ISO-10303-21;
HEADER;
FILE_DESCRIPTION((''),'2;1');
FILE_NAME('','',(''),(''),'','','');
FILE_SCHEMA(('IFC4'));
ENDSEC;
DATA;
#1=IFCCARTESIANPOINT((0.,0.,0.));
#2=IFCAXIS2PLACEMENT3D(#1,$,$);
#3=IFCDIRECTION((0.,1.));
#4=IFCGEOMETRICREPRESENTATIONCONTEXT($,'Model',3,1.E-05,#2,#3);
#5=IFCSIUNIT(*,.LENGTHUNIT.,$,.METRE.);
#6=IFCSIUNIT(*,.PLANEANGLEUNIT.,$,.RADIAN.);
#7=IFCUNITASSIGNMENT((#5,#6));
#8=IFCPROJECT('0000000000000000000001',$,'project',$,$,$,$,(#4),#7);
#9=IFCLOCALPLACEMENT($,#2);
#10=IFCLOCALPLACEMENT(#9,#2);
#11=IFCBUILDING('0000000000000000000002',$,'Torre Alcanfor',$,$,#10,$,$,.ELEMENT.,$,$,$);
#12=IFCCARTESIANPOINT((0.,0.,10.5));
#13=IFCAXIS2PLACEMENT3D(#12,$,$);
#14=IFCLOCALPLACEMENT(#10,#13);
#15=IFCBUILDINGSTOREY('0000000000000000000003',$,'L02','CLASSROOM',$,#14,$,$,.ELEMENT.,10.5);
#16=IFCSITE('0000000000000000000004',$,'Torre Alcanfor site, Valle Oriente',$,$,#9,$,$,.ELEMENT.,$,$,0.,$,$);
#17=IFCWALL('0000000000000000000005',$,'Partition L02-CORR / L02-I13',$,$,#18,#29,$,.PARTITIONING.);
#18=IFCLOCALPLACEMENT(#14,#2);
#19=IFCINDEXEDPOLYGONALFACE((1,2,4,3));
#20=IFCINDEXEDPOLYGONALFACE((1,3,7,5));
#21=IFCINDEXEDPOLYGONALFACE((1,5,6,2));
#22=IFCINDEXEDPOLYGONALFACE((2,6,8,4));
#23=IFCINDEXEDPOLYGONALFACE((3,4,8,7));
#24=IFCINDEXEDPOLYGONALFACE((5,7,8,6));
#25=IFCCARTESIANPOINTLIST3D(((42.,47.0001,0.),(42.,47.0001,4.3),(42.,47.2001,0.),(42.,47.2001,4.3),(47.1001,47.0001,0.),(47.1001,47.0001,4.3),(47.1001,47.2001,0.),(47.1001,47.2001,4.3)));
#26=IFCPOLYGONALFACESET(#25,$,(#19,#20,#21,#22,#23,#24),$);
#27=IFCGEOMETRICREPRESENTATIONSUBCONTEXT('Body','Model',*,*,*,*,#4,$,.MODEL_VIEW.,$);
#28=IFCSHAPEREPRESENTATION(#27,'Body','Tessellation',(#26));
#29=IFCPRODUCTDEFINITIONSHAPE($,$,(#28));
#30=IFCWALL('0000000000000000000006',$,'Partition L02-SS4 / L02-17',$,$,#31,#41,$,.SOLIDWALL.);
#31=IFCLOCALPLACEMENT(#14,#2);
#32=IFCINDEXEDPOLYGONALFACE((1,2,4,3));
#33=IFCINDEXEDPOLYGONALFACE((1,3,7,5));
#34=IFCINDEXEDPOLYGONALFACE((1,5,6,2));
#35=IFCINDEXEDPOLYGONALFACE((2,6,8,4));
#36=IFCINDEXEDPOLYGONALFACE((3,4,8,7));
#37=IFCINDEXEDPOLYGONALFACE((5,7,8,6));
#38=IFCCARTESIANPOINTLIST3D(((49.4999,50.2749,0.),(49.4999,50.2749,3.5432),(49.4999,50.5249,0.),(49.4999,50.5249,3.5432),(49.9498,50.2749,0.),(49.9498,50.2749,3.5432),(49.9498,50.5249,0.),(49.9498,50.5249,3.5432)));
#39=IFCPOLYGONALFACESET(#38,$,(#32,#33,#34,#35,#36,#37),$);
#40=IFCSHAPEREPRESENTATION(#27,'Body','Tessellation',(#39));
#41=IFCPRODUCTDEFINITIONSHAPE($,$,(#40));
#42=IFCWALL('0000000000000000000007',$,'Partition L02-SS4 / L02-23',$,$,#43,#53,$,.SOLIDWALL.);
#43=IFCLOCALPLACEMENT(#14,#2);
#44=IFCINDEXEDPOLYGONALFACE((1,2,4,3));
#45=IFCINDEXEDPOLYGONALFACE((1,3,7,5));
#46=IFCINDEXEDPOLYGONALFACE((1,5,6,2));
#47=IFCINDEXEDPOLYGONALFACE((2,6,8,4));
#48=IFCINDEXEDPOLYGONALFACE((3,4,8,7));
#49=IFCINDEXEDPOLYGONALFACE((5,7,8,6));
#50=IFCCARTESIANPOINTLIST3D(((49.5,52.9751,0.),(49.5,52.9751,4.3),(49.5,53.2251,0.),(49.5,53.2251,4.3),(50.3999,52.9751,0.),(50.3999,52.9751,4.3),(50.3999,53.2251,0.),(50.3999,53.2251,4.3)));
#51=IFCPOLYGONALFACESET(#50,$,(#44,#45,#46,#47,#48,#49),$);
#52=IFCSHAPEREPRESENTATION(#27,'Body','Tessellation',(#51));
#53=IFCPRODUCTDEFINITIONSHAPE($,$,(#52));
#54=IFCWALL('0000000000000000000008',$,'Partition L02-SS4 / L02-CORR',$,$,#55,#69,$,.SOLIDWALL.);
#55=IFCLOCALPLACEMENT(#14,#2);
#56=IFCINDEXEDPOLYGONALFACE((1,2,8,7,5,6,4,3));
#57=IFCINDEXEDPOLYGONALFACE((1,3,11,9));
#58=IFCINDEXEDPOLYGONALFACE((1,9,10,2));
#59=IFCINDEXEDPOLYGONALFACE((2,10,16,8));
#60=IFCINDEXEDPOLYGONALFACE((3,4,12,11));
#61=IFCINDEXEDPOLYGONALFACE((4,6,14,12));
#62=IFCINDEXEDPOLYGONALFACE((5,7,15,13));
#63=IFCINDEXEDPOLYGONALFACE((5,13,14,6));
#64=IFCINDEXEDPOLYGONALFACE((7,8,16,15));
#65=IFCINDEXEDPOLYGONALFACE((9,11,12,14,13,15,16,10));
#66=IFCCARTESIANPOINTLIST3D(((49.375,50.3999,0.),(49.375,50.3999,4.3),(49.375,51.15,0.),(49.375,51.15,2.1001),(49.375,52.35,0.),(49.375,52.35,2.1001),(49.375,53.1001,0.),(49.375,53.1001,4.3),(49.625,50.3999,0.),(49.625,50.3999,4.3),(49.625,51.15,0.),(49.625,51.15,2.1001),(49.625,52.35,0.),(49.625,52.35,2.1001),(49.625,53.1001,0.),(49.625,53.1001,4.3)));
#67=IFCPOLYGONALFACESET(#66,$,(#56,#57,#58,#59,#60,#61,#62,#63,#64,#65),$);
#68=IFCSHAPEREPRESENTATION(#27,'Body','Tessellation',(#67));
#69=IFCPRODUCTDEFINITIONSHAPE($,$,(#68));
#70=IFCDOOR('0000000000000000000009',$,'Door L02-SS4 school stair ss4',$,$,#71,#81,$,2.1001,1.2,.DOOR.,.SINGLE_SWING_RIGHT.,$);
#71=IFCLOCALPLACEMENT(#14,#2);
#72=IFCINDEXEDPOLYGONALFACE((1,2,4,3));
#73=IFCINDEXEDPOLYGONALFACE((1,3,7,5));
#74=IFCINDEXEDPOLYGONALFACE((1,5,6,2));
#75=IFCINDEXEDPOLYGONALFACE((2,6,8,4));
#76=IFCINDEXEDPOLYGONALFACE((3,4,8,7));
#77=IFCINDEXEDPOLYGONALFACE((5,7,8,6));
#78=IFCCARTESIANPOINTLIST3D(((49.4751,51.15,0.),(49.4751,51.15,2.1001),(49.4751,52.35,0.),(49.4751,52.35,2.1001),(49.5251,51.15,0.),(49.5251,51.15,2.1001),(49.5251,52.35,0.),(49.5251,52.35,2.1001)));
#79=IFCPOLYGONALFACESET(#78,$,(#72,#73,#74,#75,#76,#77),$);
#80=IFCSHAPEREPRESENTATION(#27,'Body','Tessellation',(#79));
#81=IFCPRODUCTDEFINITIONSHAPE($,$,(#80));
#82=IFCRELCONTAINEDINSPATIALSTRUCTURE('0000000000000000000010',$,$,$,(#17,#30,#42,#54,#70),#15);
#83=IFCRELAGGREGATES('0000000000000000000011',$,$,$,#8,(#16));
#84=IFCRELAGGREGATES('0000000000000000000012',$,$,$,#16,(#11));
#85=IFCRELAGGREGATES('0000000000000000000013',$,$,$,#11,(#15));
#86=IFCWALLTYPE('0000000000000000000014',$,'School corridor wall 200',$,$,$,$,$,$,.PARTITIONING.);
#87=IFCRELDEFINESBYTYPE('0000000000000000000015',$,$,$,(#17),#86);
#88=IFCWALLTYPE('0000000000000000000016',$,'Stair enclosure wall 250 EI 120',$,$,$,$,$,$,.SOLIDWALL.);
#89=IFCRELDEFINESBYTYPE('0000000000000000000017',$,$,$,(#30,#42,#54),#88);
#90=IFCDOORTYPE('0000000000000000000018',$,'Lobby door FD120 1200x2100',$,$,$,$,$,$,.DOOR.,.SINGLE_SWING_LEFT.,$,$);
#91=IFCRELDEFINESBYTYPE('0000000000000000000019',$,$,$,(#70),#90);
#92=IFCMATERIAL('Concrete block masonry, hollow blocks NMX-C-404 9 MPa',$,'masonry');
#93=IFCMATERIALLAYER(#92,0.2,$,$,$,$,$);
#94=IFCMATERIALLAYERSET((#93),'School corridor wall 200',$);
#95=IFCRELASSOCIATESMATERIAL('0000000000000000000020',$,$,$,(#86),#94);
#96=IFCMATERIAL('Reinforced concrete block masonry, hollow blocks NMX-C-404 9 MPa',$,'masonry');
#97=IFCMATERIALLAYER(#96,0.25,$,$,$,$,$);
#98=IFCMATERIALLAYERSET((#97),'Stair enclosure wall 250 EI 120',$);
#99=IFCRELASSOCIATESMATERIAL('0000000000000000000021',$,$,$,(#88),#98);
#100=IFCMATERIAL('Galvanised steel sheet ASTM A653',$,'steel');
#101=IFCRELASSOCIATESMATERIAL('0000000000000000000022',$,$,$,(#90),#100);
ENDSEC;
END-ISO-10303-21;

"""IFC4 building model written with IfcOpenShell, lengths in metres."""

from ifc_helpers import new_model, si_unit, direction, frame, frame_2d, origin, place, context, subcontext, project, spatial, rectangle, extrude, material, layer, layer_set, type_object, element, fill, save


model = new_model("IFC4")

# Units and contexts
model_context = context("Model", 3, precision=1e-05, world=origin(), true_north=direction((0.0, 1.0)))
body_context = subcontext(model_context, "Body", "Model", "MODEL_VIEW")
ifc_project = project(units=[si_unit("LENGTHUNIT", "METRE"), si_unit("PLANEANGLEUNIT", "RADIAN")], contexts=[model_context])

# Site, building, storey
site_placement = place(None, origin())
site = spatial("IfcSite", under=ifc_project, at=site_placement, Name="Torre Alcanfor site, Valle Oriente", CompositionType="ELEMENT", RefElevation=0.0)
building_placement = place(site_placement, origin())
building = spatial("IfcBuilding", under=site, at=building_placement, Name="Torre Alcanfor", CompositionType="ELEMENT")
storey_placement = place(building_placement, frame((0.0, 0.0, 10.5)))
storey = spatial("IfcBuildingStorey", under=building, at=storey_placement, Name="L02", Description="CLASSROOM", CompositionType="ELEMENT", Elevation=10.5)

# Shared definitions
ifc_material_1 = material(Name="Concrete block masonry, hollow blocks NMX-C-404 9 MPa", Category="masonry")
ifc_layer_1 = layer(ifc_material_1, 0.2)
ifc_layer_set_1 = layer_set([ifc_layer_1], Name="School corridor wall 200")
wall_type_1 = type_object("IfcWallType", Name="School corridor wall 200", PredefinedType="PARTITIONING", material=ifc_layer_set_1)

# Walls
wall_1_placement = place(storey_placement, frame((47.1001, 47.1001, 0.0), z_axis=(0.0, 0.0, 1.0), x_axis=(-1.0, 0.0, 0.0)))
element("IfcWall", 1, at=wall_1_placement, inside=storey, type_object=wall_type_1, Name="Partition L02-CORR / L02-I13", PredefinedType="PARTITIONING", context=body_context, shape_type="SweptSolid", body=[
    extrude(rectangle(XDim=5.1001, YDim=0.2, at=frame_2d((2.55, 0.0))), origin(), (0.0, 0.0, 1.0), 4.3),
])
ifc_material_2 = material(Name="Reinforced concrete block masonry, hollow blocks NMX-C-404 9 MPa", Category="masonry")
ifc_layer_2 = layer(ifc_material_2, 0.25)
ifc_layer_set_2 = layer_set([ifc_layer_2], Name="Stair enclosure wall 250 EI 120")
wall_type_2 = type_object("IfcWallType", Name="Stair enclosure wall 250 EI 120", PredefinedType="SOLIDWALL", material=ifc_layer_set_2)
wall_2_placement = place(storey_placement, frame((49.95, 50.3999, 0.0), z_axis=(0.0, 0.0, 1.0), x_axis=(-1.0, 0.0, 0.0)))
element("IfcWall", 2, at=wall_2_placement, inside=storey, type_object=wall_type_2, Name="Partition L02-SS4 / L02-17", PredefinedType="SOLIDWALL", context=body_context, shape_type="SweptSolid", body=[
    extrude(rectangle(XDim=0.45, YDim=0.25, at=frame_2d((0.2251, 0.0))), origin(), (0.0, 0.0, 1.0), 3.5432),
])
wall_3_placement = place(storey_placement, frame((49.5, 53.1001, 0.0), z_axis=(0.0, 0.0, 1.0), x_axis=(1.0, 0.0, 0.0)))
element("IfcWall", 3, at=wall_3_placement, inside=storey, type_object=wall_type_2, Name="Partition L02-SS4 / L02-23", PredefinedType="SOLIDWALL", context=body_context, shape_type="SweptSolid", body=[
    extrude(rectangle(XDim=0.8999, YDim=0.25, at=frame_2d((0.45, 0.0))), origin(), (0.0, 0.0, 1.0), 4.3),
])

# Wall, opening, door
wall_4_placement = place(storey_placement, frame((49.5, 50.3999, 0.0), z_axis=(0.0, 0.0, 1.0), x_axis=(0.0, 1.0, 0.0)))
wall_4 = element("IfcWall", 4, at=wall_4_placement, inside=storey, type_object=wall_type_2, Name="Partition L02-SS4 / L02-CORR", PredefinedType="SOLIDWALL", context=body_context, shape_type="SweptSolid", body=[
    extrude(rectangle(XDim=2.7002, YDim=0.25, at=frame_2d((1.3501, 0.0))), origin(), (0.0, 0.0, 1.0), 4.3),
])
opening_1_placement = place(wall_4_placement, frame((0.75, 0.0, 0.0)))
opening_1 = element("IfcOpeningElement", 5, at=opening_1_placement, cuts=wall_4, PredefinedType="OPENING", context=body_context, shape_type="SweptSolid", body=[
    extrude(rectangle(XDim=1.2, YDim=2.1001, at=frame_2d((0.6001, 1.05))), frame((0.0, 0.135, 0.0), z_axis=(0.0, -1.0, 0.0), x_axis=(1.0, 0.0, 0.0)), (0.0, 0.0, 1.0), 0.27),
])
ifc_material_3 = material(Name="Galvanised steel sheet ASTM A653", Category="steel")
door_type_1 = type_object("IfcDoorType", Name="Lobby door FD120 1200x2100", OperationType="SINGLE_SWING_LEFT", PredefinedType="DOOR", material=ifc_material_3)
door_1_placement = place(opening_1_placement, frame((1.2, 0.0, 0.0), z_axis=(0.0, 0.0, 1.0), x_axis=(-1.0, 0.0, 0.0)))
door_1 = element("IfcDoor", 6, at=door_1_placement, inside=storey, type_object=door_type_1, Name="Door L02-SS4 school stair ss4", OperationType="SINGLE_SWING_RIGHT", OverallHeight=2.1001, OverallWidth=1.2, PredefinedType="DOOR", context=body_context, shape_type="SweptSolid", body=[
    extrude(rectangle(XDim=1.2, YDim=2.1001, at=frame_2d((0.5999, 1.05))), frame((0.0, 0.0251, 0.0), z_axis=(0.0, -1.0, 0.0), x_axis=(1.0, 0.0, 0.0)), (0.0, 0.0, 1.0), 0.05),
])
fill(opening_1, door_1)

save(model, "model.ifc")
